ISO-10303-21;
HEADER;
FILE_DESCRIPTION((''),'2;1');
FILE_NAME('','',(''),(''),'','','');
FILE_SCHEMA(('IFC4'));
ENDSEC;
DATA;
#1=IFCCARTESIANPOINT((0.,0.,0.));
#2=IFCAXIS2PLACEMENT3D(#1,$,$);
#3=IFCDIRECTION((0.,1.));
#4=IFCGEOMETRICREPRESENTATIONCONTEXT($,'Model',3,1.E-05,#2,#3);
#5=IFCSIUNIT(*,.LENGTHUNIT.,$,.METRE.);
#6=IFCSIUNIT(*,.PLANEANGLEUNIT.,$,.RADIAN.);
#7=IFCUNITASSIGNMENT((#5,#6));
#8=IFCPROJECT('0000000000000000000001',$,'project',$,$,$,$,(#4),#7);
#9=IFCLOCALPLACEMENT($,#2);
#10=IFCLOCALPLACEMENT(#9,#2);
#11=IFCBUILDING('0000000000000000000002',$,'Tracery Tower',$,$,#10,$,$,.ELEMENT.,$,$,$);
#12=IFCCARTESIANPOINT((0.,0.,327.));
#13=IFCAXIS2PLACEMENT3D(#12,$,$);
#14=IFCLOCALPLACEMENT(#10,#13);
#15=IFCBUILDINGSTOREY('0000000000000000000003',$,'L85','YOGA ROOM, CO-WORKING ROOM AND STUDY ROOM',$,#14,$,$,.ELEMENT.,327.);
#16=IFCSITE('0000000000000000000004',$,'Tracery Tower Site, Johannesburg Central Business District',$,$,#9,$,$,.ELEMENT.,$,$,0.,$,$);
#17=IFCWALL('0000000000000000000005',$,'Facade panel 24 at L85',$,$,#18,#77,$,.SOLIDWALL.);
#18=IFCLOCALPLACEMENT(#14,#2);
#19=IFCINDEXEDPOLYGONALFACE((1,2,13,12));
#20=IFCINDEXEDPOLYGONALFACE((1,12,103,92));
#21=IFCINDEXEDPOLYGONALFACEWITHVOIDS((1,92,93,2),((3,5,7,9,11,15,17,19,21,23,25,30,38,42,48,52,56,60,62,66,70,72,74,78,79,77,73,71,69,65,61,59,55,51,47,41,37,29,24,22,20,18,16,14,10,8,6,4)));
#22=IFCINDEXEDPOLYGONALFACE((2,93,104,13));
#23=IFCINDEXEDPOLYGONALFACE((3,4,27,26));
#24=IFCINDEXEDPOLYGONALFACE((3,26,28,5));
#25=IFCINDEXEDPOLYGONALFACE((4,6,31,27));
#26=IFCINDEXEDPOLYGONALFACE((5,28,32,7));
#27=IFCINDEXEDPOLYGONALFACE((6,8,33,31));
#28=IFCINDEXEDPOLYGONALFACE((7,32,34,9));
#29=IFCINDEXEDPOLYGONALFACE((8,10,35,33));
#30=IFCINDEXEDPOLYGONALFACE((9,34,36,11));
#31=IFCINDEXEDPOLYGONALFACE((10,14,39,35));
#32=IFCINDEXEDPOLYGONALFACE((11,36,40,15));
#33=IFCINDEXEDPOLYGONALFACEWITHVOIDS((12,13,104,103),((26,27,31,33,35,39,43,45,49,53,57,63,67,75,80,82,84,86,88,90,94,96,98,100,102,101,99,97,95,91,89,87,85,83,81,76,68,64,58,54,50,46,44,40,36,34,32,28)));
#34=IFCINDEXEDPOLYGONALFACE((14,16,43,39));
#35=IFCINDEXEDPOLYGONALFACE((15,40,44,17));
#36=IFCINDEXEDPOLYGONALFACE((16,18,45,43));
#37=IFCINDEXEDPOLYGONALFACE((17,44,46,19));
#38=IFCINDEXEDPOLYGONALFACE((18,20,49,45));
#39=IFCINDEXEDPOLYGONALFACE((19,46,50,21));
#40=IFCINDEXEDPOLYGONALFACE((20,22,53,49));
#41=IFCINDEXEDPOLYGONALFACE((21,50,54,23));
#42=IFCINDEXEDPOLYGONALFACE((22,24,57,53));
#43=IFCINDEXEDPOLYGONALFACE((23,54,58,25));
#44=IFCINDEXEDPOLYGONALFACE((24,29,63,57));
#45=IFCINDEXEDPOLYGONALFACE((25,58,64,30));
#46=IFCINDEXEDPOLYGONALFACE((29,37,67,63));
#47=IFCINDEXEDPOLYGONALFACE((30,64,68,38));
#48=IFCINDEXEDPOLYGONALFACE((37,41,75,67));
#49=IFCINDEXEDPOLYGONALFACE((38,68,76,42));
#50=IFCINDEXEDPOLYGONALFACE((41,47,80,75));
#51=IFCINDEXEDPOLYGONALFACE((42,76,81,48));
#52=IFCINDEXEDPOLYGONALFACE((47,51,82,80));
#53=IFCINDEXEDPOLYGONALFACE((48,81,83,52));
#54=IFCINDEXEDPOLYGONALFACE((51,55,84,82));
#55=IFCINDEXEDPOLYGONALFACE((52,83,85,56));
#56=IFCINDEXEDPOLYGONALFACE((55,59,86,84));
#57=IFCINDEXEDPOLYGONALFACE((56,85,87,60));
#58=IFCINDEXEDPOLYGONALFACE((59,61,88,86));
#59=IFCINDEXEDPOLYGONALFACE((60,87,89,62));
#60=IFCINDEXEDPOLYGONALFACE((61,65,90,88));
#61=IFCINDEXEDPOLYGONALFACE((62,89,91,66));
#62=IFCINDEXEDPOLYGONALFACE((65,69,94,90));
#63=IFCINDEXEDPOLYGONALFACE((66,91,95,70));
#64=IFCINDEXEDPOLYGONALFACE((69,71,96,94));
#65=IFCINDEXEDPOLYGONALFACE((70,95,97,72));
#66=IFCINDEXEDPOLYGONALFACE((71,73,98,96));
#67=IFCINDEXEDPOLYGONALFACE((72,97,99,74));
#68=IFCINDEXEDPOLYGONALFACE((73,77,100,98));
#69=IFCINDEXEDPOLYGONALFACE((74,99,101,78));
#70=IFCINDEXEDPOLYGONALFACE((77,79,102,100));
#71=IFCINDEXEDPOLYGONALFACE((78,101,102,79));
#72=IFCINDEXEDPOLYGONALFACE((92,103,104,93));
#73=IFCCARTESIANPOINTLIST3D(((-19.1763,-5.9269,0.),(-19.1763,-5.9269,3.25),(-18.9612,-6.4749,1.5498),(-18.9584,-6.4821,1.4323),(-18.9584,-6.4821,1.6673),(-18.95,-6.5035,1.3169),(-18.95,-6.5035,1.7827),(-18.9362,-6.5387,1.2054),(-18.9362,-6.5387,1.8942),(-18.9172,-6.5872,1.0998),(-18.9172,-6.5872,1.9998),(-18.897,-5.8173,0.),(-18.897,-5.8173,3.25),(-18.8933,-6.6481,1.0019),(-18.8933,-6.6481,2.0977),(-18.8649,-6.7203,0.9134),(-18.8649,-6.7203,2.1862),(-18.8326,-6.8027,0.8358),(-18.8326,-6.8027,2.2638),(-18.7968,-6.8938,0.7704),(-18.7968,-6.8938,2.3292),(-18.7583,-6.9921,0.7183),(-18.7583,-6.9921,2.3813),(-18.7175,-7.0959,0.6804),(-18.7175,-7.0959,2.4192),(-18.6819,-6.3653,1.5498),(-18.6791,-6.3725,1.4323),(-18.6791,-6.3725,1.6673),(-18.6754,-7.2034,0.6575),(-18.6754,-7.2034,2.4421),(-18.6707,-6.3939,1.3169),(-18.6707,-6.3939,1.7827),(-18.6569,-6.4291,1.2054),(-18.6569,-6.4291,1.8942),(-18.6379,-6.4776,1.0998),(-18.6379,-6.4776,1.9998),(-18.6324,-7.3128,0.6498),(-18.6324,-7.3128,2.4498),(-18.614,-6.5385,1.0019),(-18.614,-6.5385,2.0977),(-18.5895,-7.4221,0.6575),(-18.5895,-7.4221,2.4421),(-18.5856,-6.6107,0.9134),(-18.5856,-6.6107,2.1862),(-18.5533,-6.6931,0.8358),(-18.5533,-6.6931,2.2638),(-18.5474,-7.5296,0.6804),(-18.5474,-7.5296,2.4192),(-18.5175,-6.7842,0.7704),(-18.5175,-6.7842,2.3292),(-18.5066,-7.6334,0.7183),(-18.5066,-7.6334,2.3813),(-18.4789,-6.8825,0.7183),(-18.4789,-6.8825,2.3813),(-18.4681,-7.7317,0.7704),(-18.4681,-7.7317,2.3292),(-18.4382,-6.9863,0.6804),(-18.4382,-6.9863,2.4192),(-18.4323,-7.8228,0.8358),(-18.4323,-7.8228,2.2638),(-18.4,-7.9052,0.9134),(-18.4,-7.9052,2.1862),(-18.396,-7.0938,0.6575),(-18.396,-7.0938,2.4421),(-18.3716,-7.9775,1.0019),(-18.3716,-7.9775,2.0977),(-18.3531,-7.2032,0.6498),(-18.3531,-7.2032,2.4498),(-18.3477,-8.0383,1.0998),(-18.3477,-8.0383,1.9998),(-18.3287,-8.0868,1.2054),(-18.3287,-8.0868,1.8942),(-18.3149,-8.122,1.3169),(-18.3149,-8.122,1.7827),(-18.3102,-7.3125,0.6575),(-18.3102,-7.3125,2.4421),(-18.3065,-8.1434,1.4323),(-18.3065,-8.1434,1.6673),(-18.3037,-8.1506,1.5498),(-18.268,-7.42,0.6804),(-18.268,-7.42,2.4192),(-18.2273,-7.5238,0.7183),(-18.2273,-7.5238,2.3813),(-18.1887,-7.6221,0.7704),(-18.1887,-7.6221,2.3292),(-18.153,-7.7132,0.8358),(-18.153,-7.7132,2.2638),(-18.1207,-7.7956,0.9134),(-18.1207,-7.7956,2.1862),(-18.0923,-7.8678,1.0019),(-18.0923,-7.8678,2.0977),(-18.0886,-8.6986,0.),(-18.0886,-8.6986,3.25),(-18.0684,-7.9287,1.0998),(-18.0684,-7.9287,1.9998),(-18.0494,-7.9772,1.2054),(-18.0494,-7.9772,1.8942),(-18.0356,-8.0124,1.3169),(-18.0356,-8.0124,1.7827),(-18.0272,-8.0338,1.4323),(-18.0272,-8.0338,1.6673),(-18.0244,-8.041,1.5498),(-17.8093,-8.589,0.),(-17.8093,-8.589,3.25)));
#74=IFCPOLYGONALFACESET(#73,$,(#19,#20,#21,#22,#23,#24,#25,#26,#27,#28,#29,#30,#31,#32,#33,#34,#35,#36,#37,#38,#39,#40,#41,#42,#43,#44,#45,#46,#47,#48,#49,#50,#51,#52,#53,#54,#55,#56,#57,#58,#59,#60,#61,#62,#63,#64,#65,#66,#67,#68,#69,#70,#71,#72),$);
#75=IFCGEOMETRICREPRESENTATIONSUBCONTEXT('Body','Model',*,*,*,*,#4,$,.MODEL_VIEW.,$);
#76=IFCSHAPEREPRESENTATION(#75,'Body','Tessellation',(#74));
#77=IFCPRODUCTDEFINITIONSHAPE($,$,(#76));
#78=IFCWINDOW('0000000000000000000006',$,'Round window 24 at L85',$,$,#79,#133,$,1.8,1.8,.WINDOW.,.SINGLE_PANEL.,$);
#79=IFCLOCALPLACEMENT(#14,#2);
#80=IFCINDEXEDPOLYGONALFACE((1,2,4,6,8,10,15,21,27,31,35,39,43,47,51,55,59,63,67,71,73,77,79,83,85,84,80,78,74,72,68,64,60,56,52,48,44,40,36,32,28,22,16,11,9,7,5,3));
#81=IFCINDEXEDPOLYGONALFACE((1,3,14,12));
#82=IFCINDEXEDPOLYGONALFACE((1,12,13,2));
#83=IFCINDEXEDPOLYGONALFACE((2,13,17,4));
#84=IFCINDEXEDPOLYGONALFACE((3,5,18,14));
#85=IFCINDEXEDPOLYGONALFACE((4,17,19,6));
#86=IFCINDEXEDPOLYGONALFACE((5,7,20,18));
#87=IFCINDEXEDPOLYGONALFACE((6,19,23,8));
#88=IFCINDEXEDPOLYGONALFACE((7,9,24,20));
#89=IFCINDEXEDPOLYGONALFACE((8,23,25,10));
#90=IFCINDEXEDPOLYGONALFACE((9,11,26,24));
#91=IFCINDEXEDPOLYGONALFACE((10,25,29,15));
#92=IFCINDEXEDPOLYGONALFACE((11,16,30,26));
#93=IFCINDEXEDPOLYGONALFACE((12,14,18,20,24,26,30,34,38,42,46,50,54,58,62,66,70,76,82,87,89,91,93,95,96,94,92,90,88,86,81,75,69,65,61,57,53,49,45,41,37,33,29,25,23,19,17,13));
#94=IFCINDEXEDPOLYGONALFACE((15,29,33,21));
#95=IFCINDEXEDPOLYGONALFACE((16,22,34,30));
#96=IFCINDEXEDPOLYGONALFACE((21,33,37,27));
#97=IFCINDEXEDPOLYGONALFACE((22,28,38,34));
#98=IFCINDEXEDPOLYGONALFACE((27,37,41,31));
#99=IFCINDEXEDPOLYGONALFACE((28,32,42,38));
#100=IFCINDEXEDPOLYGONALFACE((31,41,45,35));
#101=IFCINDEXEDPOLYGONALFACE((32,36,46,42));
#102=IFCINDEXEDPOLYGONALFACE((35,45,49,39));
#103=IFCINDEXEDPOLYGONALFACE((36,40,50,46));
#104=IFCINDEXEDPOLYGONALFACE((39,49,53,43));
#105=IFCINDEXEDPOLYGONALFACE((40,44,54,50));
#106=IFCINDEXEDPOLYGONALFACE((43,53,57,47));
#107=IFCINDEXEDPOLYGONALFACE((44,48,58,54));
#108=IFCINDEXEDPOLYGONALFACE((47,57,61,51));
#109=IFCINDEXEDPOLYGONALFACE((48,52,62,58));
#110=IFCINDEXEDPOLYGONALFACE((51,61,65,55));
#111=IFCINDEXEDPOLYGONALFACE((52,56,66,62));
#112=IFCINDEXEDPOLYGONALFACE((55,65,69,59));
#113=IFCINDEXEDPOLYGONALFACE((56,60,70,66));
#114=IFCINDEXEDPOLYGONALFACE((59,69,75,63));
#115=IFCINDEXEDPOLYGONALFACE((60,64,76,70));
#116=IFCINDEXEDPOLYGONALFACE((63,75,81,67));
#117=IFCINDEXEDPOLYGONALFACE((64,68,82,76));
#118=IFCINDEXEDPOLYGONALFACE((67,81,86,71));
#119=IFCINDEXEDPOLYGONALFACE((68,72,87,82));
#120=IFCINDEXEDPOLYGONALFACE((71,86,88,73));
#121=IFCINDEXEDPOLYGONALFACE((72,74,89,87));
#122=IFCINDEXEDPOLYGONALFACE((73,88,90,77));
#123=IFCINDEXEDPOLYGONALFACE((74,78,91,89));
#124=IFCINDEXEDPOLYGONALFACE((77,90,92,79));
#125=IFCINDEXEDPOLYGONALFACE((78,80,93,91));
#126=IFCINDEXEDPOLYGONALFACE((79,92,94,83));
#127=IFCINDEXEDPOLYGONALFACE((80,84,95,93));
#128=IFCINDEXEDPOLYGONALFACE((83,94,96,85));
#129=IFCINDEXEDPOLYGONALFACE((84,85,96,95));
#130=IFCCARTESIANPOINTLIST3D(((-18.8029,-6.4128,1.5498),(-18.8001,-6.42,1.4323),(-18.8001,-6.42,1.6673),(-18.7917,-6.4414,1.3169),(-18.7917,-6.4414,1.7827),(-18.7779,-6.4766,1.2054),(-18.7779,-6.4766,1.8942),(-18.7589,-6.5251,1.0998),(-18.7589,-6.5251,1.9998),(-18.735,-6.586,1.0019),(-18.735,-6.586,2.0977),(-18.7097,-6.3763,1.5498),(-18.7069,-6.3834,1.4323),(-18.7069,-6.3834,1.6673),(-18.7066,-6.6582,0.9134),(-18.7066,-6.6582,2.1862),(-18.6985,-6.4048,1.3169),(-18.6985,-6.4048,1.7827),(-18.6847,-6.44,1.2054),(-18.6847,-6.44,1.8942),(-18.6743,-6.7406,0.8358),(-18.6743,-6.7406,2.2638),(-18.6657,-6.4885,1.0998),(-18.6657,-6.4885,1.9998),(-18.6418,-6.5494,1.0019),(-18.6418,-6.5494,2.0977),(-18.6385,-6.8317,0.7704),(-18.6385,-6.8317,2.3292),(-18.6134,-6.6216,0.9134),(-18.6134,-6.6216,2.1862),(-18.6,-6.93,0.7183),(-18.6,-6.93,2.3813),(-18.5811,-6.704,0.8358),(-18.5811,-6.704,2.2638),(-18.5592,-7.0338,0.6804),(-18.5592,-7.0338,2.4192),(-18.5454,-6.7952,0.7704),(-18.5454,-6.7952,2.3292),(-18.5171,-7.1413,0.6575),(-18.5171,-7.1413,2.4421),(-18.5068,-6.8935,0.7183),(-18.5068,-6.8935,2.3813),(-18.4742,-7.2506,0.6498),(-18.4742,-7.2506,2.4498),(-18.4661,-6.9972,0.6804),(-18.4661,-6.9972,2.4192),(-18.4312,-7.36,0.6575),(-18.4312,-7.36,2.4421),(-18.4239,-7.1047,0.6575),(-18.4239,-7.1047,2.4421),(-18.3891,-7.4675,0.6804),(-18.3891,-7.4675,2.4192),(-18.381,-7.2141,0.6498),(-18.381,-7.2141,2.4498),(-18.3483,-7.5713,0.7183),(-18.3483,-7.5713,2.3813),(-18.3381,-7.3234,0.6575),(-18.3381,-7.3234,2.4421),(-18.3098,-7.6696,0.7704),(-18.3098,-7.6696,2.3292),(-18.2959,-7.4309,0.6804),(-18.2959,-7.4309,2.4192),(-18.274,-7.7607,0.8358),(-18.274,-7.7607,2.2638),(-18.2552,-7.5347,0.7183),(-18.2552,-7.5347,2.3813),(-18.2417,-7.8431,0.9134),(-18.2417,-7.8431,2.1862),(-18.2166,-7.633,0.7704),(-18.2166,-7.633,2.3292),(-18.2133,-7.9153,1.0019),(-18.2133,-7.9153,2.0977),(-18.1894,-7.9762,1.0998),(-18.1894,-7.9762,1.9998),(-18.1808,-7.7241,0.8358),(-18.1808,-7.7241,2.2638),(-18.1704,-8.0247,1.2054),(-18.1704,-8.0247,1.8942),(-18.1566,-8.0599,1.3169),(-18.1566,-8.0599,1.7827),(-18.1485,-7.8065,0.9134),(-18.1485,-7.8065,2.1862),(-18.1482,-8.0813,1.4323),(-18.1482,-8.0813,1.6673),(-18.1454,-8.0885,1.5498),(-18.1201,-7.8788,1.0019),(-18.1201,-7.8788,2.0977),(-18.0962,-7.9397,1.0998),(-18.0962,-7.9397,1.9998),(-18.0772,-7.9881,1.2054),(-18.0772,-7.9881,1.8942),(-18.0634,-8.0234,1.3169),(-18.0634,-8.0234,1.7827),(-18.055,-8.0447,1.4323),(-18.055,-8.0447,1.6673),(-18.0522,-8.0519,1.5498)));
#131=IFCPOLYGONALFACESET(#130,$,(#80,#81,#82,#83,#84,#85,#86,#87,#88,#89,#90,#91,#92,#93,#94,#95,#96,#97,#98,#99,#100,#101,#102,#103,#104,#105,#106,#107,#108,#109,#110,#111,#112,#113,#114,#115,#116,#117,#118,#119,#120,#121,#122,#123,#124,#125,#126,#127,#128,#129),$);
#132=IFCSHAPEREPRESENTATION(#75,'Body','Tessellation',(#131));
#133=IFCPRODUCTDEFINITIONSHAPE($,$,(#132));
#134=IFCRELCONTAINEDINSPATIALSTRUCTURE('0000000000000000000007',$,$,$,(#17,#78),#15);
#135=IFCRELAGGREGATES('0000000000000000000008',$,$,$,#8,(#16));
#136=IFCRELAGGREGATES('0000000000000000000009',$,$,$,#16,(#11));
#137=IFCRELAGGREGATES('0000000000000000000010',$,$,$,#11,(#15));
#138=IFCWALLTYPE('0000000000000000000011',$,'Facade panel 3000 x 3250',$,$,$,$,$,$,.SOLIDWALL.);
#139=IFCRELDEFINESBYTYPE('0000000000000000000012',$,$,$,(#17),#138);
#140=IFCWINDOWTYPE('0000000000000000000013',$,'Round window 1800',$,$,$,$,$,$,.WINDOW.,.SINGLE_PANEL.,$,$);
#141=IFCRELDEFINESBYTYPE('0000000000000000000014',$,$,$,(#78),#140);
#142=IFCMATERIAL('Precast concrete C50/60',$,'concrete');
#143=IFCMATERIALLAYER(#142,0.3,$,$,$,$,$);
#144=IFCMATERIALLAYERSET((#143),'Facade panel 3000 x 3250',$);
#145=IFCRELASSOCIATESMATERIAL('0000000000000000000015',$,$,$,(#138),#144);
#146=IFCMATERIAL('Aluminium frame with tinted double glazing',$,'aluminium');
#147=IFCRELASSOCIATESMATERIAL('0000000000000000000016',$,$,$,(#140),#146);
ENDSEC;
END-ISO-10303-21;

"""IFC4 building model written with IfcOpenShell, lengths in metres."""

from ifc_helpers import new_model, si_unit, direction, frame, frame_2d, origin, origin_2d, place, context, subcontext, project, spatial, rectangle, circle, extrude, material, layer, layer_set, type_object, element, fill, save


model = new_model("IFC4")

# Units and contexts
model_context = context("Model", 3, precision=1e-05, world=origin(), true_north=direction((0.0, 1.0)))
body_context = subcontext(model_context, "Body", "Model", "MODEL_VIEW")
ifc_project = project(units=[si_unit("LENGTHUNIT", "METRE"), si_unit("PLANEANGLEUNIT", "RADIAN")], contexts=[model_context])

# Site, building, storey
site_placement = place(None, origin())
site = spatial("IfcSite", under=ifc_project, at=site_placement, Name="Tracery Tower Site, Johannesburg Central Business District", CompositionType="ELEMENT", RefElevation=0.0)
building_placement = place(site_placement, origin())
building = spatial("IfcBuilding", under=site, at=building_placement, Name="Tracery Tower", CompositionType="ELEMENT")
storey_placement = place(building_placement, frame((0.0, 0.0, 327.0)))
storey = spatial("IfcBuildingStorey", under=building, at=storey_placement, Name="L85", Description="YOGA ROOM, CO-WORKING ROOM AND STUDY ROOM", CompositionType="ELEMENT", Elevation=327.0)

# Wall, opening, window
ifc_material_1 = material(Name="Precast concrete C50/60", Category="concrete")
ifc_layer_1 = layer(ifc_material_1, 0.3)
ifc_layer_set_1 = layer_set([ifc_layer_1], Name="Facade panel 3000 x 3250")
wall_type_1 = type_object("IfcWallType", Name="Facade panel 3000 x 3250", PredefinedType="SOLIDWALL", material=ifc_layer_set_1)
ifc_material_2 = material(Name="Aluminium frame with tinted double glazing", Category="aluminium")
window_type = type_object("IfcWindowType", Name="Round window 1800", PartitioningType="SINGLE_PANEL", PredefinedType="WINDOW", material=ifc_material_2)
wall_1_placement = place(storey_placement, frame((-19.0366, -5.8721, 0.0), z_axis=(0.0, 0.0, 1.0), x_axis=(0.36529, -0.930894, 0.0)))
wall_1 = element("IfcWall", 1, at=wall_1_placement, inside=storey, type_object=wall_type_1, Name="Facade panel 24 at L85", PredefinedType="SOLIDWALL", context=body_context, shape_type="SweptSolid", body=[
    extrude(rectangle(XDim=2.9775, YDim=0.3, at=frame_2d((1.4888, 0.0))), origin(), (0.0, 0.0, 1.0), 3.25),
])
opening_1_placement = place(wall_1_placement, frame((1.4888, 0.0, 1.5498)))
opening_1 = element("IfcOpeningElement", 2, at=opening_1_placement, cuts=wall_1, PredefinedType="OPENING", context=body_context, shape_type="SweptSolid", body=[
    extrude(circle(Radius=0.9, at=origin_2d()), frame((0.0, 0.1599, 0.0), z_axis=(0.0, -1.0, 0.0), x_axis=(1.0, 0.0, 0.0)), (0.0, 0.0, 1.0), 0.3201),
])
window_1_placement = place(opening_1_placement, origin())
window_1 = element("IfcWindow", 3, at=window_1_placement, inside=storey, type_object=window_type, Name="Round window 24 at L85", OverallHeight=1.8, OverallWidth=1.8, PartitioningType="SINGLE_PANEL", PredefinedType="WINDOW", context=body_context, shape_type="SweptSolid", body=[
    extrude(circle(Radius=0.9, at=origin_2d()), frame((0.0, 0.1201, 0.0), z_axis=(0.0, -1.0, 0.0), x_axis=(1.0, 0.0, 0.0)), (0.0, 0.0, 1.0), 0.1001),
])
fill(opening_1, window_1)

save(model, "model.ifc")
